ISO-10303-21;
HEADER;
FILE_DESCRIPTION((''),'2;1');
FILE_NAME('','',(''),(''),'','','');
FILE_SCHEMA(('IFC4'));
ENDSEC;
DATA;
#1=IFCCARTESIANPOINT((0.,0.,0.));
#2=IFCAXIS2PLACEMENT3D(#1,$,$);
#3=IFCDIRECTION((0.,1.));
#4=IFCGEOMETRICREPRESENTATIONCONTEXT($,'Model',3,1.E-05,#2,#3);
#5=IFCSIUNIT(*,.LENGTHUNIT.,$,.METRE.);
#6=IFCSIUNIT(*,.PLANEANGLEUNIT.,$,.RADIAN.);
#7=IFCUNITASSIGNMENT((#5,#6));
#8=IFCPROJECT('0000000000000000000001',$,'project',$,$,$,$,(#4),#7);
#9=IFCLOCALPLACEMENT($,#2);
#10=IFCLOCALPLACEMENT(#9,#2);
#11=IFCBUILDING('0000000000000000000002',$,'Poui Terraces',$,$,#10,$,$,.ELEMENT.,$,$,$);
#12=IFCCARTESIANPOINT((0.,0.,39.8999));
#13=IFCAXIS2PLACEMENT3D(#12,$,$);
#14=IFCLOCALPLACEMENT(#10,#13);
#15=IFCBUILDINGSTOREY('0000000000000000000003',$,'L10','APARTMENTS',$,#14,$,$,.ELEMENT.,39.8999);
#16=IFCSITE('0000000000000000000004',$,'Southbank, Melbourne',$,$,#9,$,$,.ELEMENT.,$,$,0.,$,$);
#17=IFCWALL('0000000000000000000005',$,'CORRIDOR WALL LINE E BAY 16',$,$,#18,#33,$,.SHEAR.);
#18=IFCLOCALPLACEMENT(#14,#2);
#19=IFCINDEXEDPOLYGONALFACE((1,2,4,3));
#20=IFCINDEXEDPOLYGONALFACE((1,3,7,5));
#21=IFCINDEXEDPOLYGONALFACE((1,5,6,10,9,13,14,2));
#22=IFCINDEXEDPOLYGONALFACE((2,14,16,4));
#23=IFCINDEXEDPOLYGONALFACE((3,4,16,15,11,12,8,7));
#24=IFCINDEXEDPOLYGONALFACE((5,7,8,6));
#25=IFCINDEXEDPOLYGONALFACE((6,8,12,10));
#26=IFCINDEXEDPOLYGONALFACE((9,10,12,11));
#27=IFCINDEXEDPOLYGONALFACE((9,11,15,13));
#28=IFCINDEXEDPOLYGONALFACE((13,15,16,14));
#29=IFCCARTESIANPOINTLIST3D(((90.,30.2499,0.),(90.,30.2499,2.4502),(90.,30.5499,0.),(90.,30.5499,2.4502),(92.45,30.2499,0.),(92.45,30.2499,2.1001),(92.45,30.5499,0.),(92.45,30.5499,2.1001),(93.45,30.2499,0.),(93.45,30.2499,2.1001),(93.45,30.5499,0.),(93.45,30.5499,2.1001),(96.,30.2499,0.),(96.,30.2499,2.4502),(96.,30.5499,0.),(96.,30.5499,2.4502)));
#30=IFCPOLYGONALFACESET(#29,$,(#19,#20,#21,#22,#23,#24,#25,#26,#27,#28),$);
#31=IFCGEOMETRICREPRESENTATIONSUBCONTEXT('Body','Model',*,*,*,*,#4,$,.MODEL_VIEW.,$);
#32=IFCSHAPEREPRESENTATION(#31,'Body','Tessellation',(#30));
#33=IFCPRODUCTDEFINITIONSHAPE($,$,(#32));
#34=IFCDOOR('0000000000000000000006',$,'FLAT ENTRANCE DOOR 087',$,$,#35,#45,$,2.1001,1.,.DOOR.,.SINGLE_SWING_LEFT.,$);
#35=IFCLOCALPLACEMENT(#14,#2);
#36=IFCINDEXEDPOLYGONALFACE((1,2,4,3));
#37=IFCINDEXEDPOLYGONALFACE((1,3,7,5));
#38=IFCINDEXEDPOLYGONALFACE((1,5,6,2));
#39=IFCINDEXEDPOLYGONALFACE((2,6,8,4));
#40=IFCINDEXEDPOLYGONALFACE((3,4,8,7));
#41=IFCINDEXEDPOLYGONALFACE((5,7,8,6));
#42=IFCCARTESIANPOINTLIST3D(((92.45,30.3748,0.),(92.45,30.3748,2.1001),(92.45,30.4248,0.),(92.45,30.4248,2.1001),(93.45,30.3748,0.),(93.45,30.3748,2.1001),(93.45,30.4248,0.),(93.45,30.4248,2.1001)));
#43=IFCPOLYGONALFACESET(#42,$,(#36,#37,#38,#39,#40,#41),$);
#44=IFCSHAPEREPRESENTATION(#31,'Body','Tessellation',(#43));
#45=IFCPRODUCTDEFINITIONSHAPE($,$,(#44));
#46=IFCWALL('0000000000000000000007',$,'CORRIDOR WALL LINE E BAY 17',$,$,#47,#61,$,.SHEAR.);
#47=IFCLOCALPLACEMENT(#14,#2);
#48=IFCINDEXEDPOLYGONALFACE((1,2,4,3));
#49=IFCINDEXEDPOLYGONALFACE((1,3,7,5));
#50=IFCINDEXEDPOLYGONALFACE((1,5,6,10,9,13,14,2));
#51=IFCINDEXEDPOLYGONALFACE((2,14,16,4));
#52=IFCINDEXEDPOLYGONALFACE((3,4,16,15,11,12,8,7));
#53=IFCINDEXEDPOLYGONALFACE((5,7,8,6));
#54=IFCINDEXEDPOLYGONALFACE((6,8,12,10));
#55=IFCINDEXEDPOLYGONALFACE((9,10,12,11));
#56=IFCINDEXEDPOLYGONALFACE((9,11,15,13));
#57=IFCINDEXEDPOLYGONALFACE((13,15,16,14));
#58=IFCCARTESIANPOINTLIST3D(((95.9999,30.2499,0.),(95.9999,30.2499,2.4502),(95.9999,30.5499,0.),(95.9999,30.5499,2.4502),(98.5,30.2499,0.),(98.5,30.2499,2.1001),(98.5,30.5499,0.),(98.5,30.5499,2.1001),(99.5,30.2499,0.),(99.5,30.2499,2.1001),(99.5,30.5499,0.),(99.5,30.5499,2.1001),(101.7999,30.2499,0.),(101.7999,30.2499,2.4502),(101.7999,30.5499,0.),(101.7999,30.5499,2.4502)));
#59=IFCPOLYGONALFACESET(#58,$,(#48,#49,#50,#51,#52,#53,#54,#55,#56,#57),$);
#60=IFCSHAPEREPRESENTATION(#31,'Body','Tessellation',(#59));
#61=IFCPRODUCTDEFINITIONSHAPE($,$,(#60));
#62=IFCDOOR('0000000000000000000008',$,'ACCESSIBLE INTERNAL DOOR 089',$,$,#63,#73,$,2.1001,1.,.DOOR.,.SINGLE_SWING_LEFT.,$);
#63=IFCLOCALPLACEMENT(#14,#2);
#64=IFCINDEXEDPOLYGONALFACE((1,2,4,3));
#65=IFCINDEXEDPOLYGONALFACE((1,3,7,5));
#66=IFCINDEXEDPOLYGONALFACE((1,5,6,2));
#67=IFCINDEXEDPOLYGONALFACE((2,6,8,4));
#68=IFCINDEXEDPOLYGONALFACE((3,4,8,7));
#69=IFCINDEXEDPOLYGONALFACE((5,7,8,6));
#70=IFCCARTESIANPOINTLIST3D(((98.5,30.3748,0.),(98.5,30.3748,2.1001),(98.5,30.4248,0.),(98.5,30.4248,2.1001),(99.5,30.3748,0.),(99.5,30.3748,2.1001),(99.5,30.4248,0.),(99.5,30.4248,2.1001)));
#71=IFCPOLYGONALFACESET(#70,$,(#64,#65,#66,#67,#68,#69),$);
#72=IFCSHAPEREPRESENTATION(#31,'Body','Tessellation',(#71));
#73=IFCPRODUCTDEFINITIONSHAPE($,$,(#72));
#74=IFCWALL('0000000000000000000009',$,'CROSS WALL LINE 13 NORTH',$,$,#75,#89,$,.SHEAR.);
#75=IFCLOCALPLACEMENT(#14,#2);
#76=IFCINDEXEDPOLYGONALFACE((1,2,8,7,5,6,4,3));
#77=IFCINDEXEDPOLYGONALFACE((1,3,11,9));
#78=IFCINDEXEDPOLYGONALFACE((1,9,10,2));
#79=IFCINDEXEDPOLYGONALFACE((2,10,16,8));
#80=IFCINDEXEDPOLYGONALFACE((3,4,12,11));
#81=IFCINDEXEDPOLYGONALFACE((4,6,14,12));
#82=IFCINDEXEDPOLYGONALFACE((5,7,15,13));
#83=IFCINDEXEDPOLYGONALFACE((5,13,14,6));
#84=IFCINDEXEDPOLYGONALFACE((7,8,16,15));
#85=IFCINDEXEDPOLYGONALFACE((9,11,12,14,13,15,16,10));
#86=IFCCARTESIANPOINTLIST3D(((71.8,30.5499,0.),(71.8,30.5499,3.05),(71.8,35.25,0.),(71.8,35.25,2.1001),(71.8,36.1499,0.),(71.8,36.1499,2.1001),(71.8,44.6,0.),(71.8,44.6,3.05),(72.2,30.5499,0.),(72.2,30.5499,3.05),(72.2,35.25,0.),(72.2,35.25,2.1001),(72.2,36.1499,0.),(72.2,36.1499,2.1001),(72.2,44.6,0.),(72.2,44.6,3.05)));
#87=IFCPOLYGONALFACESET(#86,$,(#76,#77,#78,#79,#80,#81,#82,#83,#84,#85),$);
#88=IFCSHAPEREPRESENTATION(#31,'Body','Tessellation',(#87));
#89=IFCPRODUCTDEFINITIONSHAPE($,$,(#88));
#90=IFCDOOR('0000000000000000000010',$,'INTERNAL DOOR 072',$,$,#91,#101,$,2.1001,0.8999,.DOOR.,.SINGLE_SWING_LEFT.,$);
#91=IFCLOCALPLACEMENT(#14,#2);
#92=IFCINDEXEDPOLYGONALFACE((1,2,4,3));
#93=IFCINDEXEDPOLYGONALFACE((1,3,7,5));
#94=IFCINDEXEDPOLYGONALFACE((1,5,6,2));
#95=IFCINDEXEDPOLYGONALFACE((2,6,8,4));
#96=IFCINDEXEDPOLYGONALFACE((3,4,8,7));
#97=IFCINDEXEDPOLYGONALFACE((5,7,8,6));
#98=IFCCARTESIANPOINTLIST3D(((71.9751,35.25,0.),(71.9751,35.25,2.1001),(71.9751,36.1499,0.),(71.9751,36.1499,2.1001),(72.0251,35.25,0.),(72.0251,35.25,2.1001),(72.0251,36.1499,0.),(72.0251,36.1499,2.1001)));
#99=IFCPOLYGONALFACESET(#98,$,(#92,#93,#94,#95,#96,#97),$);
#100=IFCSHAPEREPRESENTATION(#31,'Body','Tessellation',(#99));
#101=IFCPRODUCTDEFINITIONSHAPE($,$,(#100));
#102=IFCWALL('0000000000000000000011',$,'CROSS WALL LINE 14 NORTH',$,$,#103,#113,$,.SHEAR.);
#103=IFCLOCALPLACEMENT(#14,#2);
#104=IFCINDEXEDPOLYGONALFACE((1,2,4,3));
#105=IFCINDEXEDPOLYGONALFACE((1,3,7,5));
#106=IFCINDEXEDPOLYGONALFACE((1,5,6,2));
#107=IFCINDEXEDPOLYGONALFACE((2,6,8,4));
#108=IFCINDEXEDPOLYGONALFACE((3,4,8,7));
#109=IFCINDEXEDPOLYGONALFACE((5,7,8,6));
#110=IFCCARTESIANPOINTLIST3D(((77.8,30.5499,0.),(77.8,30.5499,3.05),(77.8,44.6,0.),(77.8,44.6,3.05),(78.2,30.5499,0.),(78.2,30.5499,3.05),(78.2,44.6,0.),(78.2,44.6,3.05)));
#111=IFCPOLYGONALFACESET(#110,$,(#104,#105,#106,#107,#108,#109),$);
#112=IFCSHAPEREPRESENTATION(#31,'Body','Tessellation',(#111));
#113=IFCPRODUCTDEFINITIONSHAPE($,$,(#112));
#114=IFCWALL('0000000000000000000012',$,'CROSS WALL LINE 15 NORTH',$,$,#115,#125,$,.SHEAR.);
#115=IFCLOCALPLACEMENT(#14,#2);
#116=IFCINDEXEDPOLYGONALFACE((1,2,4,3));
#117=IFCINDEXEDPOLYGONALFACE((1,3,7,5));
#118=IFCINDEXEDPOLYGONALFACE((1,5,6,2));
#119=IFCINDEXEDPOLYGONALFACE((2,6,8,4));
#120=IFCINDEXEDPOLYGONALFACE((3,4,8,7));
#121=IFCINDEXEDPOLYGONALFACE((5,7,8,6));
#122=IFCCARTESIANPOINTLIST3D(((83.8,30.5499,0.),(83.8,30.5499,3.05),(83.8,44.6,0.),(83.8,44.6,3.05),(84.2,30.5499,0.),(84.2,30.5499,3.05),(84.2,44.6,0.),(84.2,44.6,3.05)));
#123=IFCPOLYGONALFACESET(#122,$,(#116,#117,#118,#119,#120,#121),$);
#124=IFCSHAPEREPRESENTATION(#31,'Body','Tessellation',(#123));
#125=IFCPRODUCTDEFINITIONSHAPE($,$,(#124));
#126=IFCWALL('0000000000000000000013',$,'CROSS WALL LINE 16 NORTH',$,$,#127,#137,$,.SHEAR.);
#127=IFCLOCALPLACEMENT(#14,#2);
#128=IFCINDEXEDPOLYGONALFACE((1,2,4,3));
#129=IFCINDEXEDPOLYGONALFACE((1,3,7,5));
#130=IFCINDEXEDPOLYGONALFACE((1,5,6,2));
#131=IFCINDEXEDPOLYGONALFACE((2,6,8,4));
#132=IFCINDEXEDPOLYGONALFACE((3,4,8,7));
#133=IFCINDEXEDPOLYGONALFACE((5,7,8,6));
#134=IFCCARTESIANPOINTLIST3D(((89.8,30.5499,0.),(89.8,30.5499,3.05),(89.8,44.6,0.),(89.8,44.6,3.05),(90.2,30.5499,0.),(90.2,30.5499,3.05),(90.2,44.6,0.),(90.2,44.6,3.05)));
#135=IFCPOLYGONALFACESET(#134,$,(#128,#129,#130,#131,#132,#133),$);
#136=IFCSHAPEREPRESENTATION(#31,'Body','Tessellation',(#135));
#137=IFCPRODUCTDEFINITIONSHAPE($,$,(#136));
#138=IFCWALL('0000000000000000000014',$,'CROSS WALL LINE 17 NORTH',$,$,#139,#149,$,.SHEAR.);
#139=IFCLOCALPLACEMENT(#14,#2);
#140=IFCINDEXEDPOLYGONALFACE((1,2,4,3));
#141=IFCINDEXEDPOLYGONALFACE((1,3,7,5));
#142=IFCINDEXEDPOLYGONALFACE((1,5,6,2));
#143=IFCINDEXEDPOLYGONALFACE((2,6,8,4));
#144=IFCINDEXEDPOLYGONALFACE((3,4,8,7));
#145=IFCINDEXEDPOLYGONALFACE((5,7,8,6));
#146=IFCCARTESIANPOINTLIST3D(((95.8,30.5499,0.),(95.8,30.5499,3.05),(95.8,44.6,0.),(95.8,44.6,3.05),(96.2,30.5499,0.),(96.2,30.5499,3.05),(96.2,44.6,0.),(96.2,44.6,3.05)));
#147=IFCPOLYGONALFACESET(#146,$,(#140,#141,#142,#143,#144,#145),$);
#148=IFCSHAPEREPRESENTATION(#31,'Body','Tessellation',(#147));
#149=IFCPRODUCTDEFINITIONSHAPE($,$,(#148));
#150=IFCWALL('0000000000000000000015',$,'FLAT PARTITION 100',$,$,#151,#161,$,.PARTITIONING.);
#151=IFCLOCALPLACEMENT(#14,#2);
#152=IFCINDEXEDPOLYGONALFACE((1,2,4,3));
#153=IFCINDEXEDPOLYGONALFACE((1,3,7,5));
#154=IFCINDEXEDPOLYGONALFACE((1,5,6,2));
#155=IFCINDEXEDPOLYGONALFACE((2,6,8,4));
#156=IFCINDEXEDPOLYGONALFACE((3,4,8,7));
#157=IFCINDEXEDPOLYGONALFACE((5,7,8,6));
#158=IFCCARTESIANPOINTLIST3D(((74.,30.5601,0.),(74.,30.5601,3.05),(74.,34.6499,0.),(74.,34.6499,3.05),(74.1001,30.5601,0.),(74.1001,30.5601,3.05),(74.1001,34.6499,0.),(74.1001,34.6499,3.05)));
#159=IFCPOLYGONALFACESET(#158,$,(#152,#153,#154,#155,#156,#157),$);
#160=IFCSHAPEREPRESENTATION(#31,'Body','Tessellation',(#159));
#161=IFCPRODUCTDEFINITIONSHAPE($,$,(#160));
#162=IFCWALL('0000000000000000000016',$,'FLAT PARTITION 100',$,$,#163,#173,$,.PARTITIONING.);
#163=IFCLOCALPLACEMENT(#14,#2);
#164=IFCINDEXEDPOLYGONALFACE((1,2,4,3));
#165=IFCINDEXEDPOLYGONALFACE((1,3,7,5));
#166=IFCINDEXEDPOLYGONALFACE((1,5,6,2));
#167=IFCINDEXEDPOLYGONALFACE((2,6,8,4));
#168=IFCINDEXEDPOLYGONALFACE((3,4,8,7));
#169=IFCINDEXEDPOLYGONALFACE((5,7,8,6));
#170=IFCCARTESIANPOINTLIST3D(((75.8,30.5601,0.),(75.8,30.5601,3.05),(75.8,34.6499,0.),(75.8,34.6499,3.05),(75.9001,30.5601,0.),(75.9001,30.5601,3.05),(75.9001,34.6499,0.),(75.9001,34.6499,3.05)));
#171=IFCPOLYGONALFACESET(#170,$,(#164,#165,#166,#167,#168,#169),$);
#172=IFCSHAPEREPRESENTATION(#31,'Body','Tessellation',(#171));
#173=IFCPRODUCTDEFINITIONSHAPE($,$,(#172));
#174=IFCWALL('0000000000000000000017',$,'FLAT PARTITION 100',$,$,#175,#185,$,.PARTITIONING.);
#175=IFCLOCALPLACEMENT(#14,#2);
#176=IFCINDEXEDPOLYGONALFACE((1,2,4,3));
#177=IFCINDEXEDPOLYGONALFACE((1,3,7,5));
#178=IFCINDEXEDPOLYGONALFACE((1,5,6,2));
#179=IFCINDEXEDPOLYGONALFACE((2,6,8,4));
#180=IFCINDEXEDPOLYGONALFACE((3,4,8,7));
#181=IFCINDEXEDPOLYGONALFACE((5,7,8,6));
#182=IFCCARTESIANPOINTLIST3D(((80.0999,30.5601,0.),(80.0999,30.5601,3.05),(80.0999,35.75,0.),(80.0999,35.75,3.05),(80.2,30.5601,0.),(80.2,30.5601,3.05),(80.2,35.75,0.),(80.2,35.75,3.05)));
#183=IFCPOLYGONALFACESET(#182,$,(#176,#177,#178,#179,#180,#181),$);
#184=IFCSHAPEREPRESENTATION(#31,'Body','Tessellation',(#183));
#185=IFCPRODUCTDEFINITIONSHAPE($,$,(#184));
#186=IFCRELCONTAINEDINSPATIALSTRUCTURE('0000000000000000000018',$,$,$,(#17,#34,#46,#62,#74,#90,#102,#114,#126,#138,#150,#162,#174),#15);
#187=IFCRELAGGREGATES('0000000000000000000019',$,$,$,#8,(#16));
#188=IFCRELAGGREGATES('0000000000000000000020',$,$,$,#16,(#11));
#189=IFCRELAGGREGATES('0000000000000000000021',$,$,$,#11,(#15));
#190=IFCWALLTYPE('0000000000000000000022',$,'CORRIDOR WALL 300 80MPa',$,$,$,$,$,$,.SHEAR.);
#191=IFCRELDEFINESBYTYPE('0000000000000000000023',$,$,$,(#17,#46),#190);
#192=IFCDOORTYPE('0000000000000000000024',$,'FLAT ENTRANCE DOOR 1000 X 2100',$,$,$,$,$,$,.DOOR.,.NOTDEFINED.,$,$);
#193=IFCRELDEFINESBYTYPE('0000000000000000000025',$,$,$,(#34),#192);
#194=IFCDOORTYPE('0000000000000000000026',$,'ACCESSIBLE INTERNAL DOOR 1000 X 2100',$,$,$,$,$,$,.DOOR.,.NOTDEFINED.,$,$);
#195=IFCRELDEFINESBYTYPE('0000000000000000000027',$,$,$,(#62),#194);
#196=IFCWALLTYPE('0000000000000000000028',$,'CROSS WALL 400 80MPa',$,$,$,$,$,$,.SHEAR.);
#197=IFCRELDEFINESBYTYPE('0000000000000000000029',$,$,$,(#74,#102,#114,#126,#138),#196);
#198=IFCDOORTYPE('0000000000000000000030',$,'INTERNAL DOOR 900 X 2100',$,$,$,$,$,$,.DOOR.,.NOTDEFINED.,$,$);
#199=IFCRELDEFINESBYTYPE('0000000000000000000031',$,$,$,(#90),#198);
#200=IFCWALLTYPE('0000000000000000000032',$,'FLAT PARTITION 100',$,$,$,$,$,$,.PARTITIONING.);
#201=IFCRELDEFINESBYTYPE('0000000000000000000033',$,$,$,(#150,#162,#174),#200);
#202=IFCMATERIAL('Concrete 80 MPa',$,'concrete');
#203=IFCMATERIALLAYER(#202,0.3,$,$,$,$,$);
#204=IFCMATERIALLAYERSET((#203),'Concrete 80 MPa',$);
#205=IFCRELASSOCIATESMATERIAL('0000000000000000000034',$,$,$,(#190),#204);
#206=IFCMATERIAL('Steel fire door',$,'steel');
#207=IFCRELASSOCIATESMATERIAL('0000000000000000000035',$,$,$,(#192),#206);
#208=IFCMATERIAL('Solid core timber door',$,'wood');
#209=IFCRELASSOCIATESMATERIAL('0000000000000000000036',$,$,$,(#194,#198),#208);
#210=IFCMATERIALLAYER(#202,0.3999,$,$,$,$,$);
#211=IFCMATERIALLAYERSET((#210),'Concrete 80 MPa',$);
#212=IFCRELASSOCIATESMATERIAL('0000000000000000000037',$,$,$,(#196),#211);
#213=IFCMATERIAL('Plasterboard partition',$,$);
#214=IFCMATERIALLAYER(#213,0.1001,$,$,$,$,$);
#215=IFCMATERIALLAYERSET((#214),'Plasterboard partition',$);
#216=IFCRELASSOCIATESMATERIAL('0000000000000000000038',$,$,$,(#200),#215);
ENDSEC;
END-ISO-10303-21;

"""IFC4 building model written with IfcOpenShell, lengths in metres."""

from ifc_helpers import new_model, si_unit, direction, frame, frame_2d, origin, place, context, subcontext, project, spatial, rectangle, extrude, material, layer, layer_set, type_object, element, fill, save


model = new_model("IFC4")

# Units and contexts
model_context = context("Model", 3, precision=1e-05, world=origin(), true_north=direction((0.0, 1.0)))
body_context = subcontext(model_context, "Body", "Model", "MODEL_VIEW")
ifc_project = project(units=[si_unit("LENGTHUNIT", "METRE"), si_unit("PLANEANGLEUNIT", "RADIAN")], contexts=[model_context])

# Site, building, storey
site_placement = place(None, origin())
site = spatial("IfcSite", under=ifc_project, at=site_placement, Name="Southbank, Melbourne", CompositionType="ELEMENT", RefElevation=0.0)
building_placement = place(site_placement, origin())
building = spatial("IfcBuilding", under=site, at=building_placement, Name="Poui Terraces", CompositionType="ELEMENT")
storey_placement = place(building_placement, frame((0.0, 0.0, 39.8999)))
storey = spatial("IfcBuildingStorey", under=building, at=storey_placement, Name="L10", Description="APARTMENTS", CompositionType="ELEMENT", Elevation=39.8999)

# Shared definitions
ifc_material_1 = material(Name="Concrete 80 MPa", Category="concrete")

# Walls, openings, doors
ifc_layer_1 = layer(ifc_material_1, 0.3)
ifc_layer_set_1 = layer_set([ifc_layer_1], Name="Concrete 80 MPa")
wall_type_1 = type_object("IfcWallType", Name="CORRIDOR WALL 300 80MPa", PredefinedType="SHEAR", material=ifc_layer_set_1)
ifc_material_2 = material(Name="Steel fire door", Category="steel")
door_type_1 = type_object("IfcDoorType", Name="FLAT ENTRANCE DOOR 1000 X 2100", OperationType="NOTDEFINED", PredefinedType="DOOR", material=ifc_material_2)
wall_1_placement = place(storey_placement, frame((90.0, 30.3999, 0.0), z_axis=(0.0, 0.0, 1.0), x_axis=(1.0, 0.0, 0.0)))
wall_1 = element("IfcWall", 1, at=wall_1_placement, inside=storey, type_object=wall_type_1, Name="CORRIDOR WALL LINE E BAY 16", PredefinedType="SHEAR", context=body_context, shape_type="SweptSolid", body=[
    extrude(rectangle(XDim=6.0, YDim=0.3, at=frame_2d((3.0, 0.0))), origin(), (0.0, 0.0, 1.0), 2.4502),
])
opening_1_placement = place(wall_1_placement, frame((2.45, 0.0, 0.0)))
opening_1 = element("IfcOpeningElement", 2, at=opening_1_placement, cuts=wall_1, PredefinedType="OPENING", context=body_context, shape_type="SweptSolid", body=[
    extrude(rectangle(XDim=1.0, YDim=2.1001, at=frame_2d((0.5, 1.05))), frame((0.0, 0.1602, 0.0), z_axis=(0.0, -1.0, 0.0), x_axis=(1.0, 0.0, 0.0)), (0.0, 0.0, 1.0), 0.3201),
])
door_1_placement = place(opening_1_placement, origin())
door_1 = element("IfcDoor", 3, at=door_1_placement, inside=storey, type_object=door_type_1, Name="FLAT ENTRANCE DOOR 087", OperationType="SINGLE_SWING_LEFT", OverallHeight=2.1001, OverallWidth=1.0, PredefinedType="DOOR", context=body_context, shape_type="SweptSolid", body=[
    extrude(rectangle(XDim=1.0, YDim=2.1001, at=frame_2d((0.5, 1.05))), frame((0.0, 0.0249, 0.0), z_axis=(0.0, -1.0, 0.0), x_axis=(1.0, 0.0, 0.0)), (0.0, 0.0, 1.0), 0.05),
])
fill(opening_1, door_1)
wall_2_placement = place(storey_placement, frame((96.0, 30.3999, 0.0), z_axis=(0.0, 0.0, 1.0), x_axis=(1.0, 0.0, 0.0)))
wall_2 = element("IfcWall", 4, at=wall_2_placement, inside=storey, type_object=wall_type_1, Name="CORRIDOR WALL LINE E BAY 17", PredefinedType="SHEAR", context=body_context, shape_type="SweptSolid", body=[
    extrude(rectangle(XDim=5.8, YDim=0.3, at=frame_2d((2.8999, 0.0))), origin(), (0.0, 0.0, 1.0), 2.4502),
])
opening_2_placement = place(wall_2_placement, frame((2.5, 0.0, 0.0)))
opening_2 = element("IfcOpeningElement", 5, at=opening_2_placement, cuts=wall_2, PredefinedType="OPENING", context=body_context, shape_type="SweptSolid", body=[
    extrude(rectangle(XDim=1.0, YDim=2.1001, at=frame_2d((0.5, 1.05))), frame((0.0, 0.1602, 0.0), z_axis=(0.0, -1.0, 0.0), x_axis=(1.0, 0.0, 0.0)), (0.0, 0.0, 1.0), 0.3201),
])
ifc_material_3 = material(Name="Solid core timber door", Category="wood")
door_type_2 = type_object("IfcDoorType", Name="ACCESSIBLE INTERNAL DOOR 1000 X 2100", OperationType="NOTDEFINED", PredefinedType="DOOR", material=ifc_material_3)
door_2_placement = place(opening_2_placement, origin())
door_2 = element("IfcDoor", 6, at=door_2_placement, inside=storey, type_object=door_type_2, Name="ACCESSIBLE INTERNAL DOOR 089", OperationType="SINGLE_SWING_LEFT", OverallHeight=2.1001, OverallWidth=1.0, PredefinedType="DOOR", context=body_context, shape_type="SweptSolid", body=[
    extrude(rectangle(XDim=1.0, YDim=2.1001, at=frame_2d((0.5, 1.05))), frame((0.0, 0.0249, 0.0), z_axis=(0.0, -1.0, 0.0), x_axis=(1.0, 0.0, 0.0)), (0.0, 0.0, 1.0), 0.05),
])
fill(opening_2, door_2)
ifc_layer_2 = layer(ifc_material_1, 0.3999)
ifc_layer_set_2 = layer_set([ifc_layer_2], Name="Concrete 80 MPa")
wall_type_2 = type_object("IfcWallType", Name="CROSS WALL 400 80MPa", PredefinedType="SHEAR", material=ifc_layer_set_2)
wall_3_placement = place(storey_placement, frame((72.0, 30.55, 0.0), z_axis=(0.0, 0.0, 1.0), x_axis=(0.0, 1.0, 0.0)))
wall_3 = element("IfcWall", 7, at=wall_3_placement, inside=storey, type_object=wall_type_2, Name="CROSS WALL LINE 13 NORTH", PredefinedType="SHEAR", context=body_context, shape_type="SweptSolid", body=[
    extrude(rectangle(XDim=14.05, YDim=0.3999, at=frame_2d((7.0249, 0.0))), origin(), (0.0, 0.0, 1.0), 3.05),
])
opening_3_placement = place(wall_3_placement, frame((4.7, 0.0, 0.0)))
opening_3 = element("IfcOpeningElement", 8, at=opening_3_placement, cuts=wall_3, PredefinedType="OPENING", context=body_context, shape_type="SweptSolid", body=[
    extrude(rectangle(XDim=0.8999, YDim=2.1001, at=frame_2d((0.45, 1.05))), frame((0.0, 0.21, 0.0), z_axis=(0.0, -1.0, 0.0), x_axis=(1.0, 0.0, 0.0)), (0.0, 0.0, 1.0), 0.4199),
])
door_type_3 = type_object("IfcDoorType", Name="INTERNAL DOOR 900 X 2100", OperationType="NOTDEFINED", PredefinedType="DOOR", material=ifc_material_3)
door_3_placement = place(opening_3_placement, origin())
door_3 = element("IfcDoor", 9, at=door_3_placement, inside=storey, type_object=door_type_3, Name="INTERNAL DOOR 072", OperationType="SINGLE_SWING_LEFT", OverallHeight=2.1001, OverallWidth=0.8999, PredefinedType="DOOR", context=body_context, shape_type="SweptSolid", body=[
    extrude(rectangle(XDim=0.8999, YDim=2.1001, at=frame_2d((0.45, 1.05))), frame((0.0, 0.0249, 0.0), z_axis=(0.0, -1.0, 0.0), x_axis=(1.0, 0.0, 0.0)), (0.0, 0.0, 1.0), 0.05),
])
fill(opening_3, door_3)

# Walls
for number, where, z_axis, x_axis, name in (
    (10, (78.0, 30.55, 0.0), (0.0, 0.0, 1.0), (0.0, 1.0, 0.0), "CROSS WALL LINE 14 NORTH"),
    (11, (84.0, 30.55, 0.0), (0.0, 0.0, 1.0), (0.0, 1.0, 0.0), "CROSS WALL LINE 15 NORTH"),
    (12, (90.0, 30.55, 0.0), (0.0, 0.0, 1.0), (0.0, 1.0, 0.0), "CROSS WALL LINE 16 NORTH"),
    (13, (96.0, 30.55, 0.0), (0.0, 0.0, 1.0), (0.0, 1.0, 0.0), "CROSS WALL LINE 17 NORTH"),
):
    element("IfcWall", number, at=place(storey_placement, frame(where, z_axis=z_axis, x_axis=x_axis)), inside=storey, type_object=wall_type_2, Name=name, PredefinedType="SHEAR", context=body_context, shape_type="SweptSolid", body=[
        extrude(rectangle(XDim=14.05, YDim=0.3999, at=frame_2d((7.0249, 0.0))), origin(), (0.0, 0.0, 1.0), 3.05),
    ])
ifc_material_4 = material(Name="Plasterboard partition")
ifc_layer_3 = layer(ifc_material_4, 0.1001)
ifc_layer_set_3 = layer_set([ifc_layer_3], Name="Plasterboard partition")
wall_type_3 = type_object("IfcWallType", Name="FLAT PARTITION 100", PredefinedType="PARTITIONING", material=ifc_layer_set_3)
for number, where, z_axis, x_axis, name in (
    (14, (74.05, 30.5601, 0.0), (0.0, 0.0, 1.0), (0.0, 1.0, 0.0), "FLAT PARTITION 100"),
    (15, (75.8501, 30.5601, 0.0), (0.0, 0.0, 1.0), (0.0, 1.0, 0.0), "FLAT PARTITION 100"),
):
    element("IfcWall", number, at=place(storey_placement, frame(where, z_axis=z_axis, x_axis=x_axis)), inside=storey, type_object=wall_type_3, Name=name, PredefinedType="PARTITIONING", context=body_context, shape_type="SweptSolid", body=[
        extrude(rectangle(XDim=4.0898, YDim=0.1001, at=frame_2d((2.0449, 0.0))), origin(), (0.0, 0.0, 1.0), 3.05),
    ])
for number, where, z_axis, x_axis, name in (
    (16, (80.1499, 30.5601, 0.0), (0.0, 0.0, 1.0), (0.0, 1.0, 0.0), "FLAT PARTITION 100"),
):
    element("IfcWall", number, at=place(storey_placement, frame(where, z_axis=z_axis, x_axis=x_axis)), inside=storey, type_object=wall_type_3, Name=name, PredefinedType="PARTITIONING", context=body_context, shape_type="SweptSolid", body=[
        extrude(rectangle(XDim=5.1899, YDim=0.1001, at=frame_2d((2.595, 0.0))), origin(), (0.0, 0.0, 1.0), 3.05),
    ])

save(model, "model.ifc")
